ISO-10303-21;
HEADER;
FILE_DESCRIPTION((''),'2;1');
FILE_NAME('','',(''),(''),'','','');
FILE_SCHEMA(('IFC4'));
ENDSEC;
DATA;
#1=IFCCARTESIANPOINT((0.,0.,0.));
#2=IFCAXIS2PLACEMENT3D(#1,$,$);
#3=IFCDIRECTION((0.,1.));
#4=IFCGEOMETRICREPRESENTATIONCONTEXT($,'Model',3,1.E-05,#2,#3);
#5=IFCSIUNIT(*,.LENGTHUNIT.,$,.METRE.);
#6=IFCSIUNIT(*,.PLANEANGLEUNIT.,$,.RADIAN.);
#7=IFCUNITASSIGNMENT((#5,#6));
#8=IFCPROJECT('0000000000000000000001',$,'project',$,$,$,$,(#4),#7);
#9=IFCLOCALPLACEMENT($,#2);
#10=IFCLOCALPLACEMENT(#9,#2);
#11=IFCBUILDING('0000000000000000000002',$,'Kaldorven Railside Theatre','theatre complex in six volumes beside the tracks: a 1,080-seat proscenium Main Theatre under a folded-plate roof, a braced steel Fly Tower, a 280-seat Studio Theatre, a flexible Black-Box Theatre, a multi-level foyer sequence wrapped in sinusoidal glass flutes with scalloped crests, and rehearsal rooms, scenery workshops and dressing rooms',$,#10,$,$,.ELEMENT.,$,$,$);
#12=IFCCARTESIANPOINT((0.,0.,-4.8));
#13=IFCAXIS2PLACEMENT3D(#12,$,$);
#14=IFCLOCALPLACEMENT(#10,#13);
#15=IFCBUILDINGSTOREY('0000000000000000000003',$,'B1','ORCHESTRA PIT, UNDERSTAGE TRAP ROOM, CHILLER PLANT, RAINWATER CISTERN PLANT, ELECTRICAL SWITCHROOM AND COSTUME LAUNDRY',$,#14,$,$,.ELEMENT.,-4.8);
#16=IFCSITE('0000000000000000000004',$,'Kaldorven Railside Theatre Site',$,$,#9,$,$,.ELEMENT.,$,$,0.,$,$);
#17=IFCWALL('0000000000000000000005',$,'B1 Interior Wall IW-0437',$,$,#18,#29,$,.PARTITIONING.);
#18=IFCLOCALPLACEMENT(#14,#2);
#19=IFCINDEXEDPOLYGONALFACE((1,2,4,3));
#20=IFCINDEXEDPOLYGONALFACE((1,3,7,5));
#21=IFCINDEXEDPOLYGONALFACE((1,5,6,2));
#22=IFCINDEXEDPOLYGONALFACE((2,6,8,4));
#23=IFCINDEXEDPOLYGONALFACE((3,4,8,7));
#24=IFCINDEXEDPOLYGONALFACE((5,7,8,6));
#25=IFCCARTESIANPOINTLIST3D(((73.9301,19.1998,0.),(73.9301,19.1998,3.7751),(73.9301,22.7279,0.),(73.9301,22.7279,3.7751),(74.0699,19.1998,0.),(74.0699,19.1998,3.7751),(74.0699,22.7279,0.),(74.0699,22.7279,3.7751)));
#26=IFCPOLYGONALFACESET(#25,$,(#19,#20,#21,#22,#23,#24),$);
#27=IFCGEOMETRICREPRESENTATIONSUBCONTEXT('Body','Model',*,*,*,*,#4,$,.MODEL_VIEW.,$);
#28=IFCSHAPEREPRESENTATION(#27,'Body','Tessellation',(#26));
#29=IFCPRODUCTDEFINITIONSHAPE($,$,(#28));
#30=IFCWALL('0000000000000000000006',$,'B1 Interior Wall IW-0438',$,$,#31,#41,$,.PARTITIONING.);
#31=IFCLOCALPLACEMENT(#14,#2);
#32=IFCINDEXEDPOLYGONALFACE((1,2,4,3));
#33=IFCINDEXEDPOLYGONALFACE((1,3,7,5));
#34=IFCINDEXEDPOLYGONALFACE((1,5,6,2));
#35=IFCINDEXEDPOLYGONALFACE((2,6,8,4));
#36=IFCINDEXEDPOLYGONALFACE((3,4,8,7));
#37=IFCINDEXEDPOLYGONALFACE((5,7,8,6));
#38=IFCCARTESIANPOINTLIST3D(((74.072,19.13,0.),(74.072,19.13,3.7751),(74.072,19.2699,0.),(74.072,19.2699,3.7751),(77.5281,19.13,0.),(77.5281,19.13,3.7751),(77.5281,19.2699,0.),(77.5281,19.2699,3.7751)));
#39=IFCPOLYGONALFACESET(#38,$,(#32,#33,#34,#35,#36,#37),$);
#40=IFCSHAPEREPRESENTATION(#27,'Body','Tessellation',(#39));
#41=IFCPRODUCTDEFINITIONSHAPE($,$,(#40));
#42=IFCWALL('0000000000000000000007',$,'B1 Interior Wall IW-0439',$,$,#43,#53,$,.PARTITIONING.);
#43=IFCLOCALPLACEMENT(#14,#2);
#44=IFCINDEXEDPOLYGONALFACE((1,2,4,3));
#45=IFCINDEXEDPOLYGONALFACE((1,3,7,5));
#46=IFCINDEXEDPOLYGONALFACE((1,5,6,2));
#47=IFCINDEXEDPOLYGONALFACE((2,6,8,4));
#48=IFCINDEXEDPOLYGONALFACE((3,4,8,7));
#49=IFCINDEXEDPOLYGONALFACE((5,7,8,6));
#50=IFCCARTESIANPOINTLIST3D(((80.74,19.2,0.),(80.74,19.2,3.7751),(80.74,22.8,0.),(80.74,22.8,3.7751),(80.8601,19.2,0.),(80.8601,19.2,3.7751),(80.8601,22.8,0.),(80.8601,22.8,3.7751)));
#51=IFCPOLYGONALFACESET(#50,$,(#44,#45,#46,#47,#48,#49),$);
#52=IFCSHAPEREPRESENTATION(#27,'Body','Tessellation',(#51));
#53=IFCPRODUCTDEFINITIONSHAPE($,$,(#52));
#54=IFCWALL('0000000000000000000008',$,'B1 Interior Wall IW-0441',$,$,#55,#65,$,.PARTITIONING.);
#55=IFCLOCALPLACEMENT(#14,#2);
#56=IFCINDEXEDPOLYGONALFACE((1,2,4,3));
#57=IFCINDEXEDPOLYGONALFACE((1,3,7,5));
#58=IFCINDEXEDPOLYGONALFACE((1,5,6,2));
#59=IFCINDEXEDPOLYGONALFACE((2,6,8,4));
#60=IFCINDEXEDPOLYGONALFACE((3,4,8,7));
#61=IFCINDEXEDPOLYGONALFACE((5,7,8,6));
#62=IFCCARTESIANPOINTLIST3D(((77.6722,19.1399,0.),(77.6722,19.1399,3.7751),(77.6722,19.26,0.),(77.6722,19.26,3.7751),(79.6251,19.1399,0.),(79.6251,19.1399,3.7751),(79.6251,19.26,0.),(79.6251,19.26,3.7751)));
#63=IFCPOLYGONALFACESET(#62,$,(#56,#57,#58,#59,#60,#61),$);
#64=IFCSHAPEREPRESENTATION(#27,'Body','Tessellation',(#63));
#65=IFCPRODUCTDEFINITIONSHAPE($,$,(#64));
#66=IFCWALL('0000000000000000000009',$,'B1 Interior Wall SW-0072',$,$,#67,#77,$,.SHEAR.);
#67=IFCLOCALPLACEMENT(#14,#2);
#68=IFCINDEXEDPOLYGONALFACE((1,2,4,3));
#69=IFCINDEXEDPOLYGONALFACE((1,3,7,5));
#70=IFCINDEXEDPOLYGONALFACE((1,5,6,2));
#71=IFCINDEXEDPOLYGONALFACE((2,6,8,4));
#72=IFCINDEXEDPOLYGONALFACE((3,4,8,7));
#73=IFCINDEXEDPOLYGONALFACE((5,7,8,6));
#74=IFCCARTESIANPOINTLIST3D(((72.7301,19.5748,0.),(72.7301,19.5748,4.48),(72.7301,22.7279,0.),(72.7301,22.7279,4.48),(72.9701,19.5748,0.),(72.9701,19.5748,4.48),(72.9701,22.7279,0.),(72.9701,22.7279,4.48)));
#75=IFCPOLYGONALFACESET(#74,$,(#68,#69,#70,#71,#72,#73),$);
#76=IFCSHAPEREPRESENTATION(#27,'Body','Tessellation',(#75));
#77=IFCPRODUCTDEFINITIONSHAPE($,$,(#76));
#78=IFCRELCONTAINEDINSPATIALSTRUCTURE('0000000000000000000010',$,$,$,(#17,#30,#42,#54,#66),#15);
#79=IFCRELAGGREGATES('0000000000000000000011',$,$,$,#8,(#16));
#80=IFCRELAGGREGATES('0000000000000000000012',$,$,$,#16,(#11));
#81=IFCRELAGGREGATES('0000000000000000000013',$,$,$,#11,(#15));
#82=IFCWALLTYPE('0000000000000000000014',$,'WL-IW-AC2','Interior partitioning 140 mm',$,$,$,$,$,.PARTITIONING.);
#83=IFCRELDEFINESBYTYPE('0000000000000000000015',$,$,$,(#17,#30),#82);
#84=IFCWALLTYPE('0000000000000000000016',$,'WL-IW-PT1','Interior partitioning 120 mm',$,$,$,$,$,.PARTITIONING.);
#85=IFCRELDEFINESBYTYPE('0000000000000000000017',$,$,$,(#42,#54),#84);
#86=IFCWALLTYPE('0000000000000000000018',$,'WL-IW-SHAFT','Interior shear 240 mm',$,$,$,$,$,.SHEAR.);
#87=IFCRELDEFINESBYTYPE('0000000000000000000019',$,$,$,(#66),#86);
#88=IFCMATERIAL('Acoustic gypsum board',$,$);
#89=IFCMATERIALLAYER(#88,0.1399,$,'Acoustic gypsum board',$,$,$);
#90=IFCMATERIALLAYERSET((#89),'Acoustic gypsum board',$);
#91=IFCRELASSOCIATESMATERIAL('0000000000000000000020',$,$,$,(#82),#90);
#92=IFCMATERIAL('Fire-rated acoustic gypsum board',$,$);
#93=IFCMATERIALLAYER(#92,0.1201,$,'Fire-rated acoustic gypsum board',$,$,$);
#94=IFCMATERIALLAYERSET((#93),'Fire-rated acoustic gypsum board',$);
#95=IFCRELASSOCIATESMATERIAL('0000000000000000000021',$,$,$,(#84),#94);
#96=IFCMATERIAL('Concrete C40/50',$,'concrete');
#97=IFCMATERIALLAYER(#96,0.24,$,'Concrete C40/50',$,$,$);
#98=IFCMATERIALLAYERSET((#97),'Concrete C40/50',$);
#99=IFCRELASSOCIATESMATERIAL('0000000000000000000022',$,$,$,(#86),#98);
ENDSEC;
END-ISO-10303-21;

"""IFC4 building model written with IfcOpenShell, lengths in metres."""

from ifc_helpers import new_model, si_unit, direction, frame, frame_2d, origin, place, context, subcontext, project, spatial, rectangle, extrude, material, layer, layer_set, type_object, element, save


model = new_model("IFC4")

# Units and contexts
model_context = context("Model", 3, precision=1e-05, world=origin(), true_north=direction((0.0, 1.0)))
body_context = subcontext(model_context, "Body", "Model", "MODEL_VIEW")
ifc_project = project(units=[si_unit("LENGTHUNIT", "METRE"), si_unit("PLANEANGLEUNIT", "RADIAN")], contexts=[model_context])

# Site, building, storey
site_placement = place(None, origin())
site = spatial("IfcSite", under=ifc_project, at=site_placement, Name="Kaldorven Railside Theatre Site", CompositionType="ELEMENT", RefElevation=0.0)
building_placement = place(site_placement, origin())
building = spatial("IfcBuilding", under=site, at=building_placement, Name="Kaldorven Railside Theatre", Description="theatre complex in six volumes beside the tracks: a 1,080-seat proscenium Main Theatre under a folded-plate roof, a braced steel Fly Tower, a 280-seat Studio Theatre, a flexible Black-Box Theatre, a multi-level foyer sequence wrapped in sinusoidal glass flutes with scalloped crests, and rehearsal rooms, scenery workshops and dressing rooms", CompositionType="ELEMENT")
storey_placement = place(building_placement, frame((0.0, 0.0, -4.8)))
storey = spatial("IfcBuildingStorey", under=building, at=storey_placement, Name="B1", Description="ORCHESTRA PIT, UNDERSTAGE TRAP ROOM, CHILLER PLANT, RAINWATER CISTERN PLANT, ELECTRICAL SWITCHROOM AND COSTUME LAUNDRY", CompositionType="ELEMENT", Elevation=-4.8)

# Shared definitions
ifc_material_1 = material(Name="Concrete C40/50", Category="concrete")

# Shared definitions
ifc_material_2 = material(Name="Acoustic gypsum board")
ifc_layer_1 = layer(ifc_material_2, 0.1399, Name="Acoustic gypsum board")
ifc_layer_set_1 = layer_set([ifc_layer_1], Name="Acoustic gypsum board")
wall_type_1 = type_object("IfcWallType", Name="WL-IW-AC2", Description="Interior partitioning 140 mm", PredefinedType="PARTITIONING", material=ifc_layer_set_1)

# Walls
wall_1_placement = place(storey_placement, frame((74.0, 22.728, 0.0), z_axis=(0.0, 0.0, 1.0), x_axis=(0.0, -1.0, 0.0)))
element("IfcWall", 1, at=wall_1_placement, inside=storey, type_object=wall_type_1, Name="B1 Interior Wall IW-0437", PredefinedType="PARTITIONING", context=body_context, shape_type="SweptSolid", body=[
    extrude(rectangle(XDim=3.5281, YDim=0.1399, at=frame_2d((1.7642, 0.0))), origin(), (0.0, 0.0, 1.0), 3.7751),
])
wall_2_placement = place(storey_placement, frame((74.072, 19.2, 0.0), z_axis=(0.0, 0.0, 1.0), x_axis=(1.0, 0.0, 0.0)))
element("IfcWall", 2, at=wall_2_placement, inside=storey, type_object=wall_type_1, Name="B1 Interior Wall IW-0438", PredefinedType="PARTITIONING", context=body_context, shape_type="SweptSolid", body=[
    extrude(rectangle(XDim=3.4561, YDim=0.1399, at=frame_2d((1.728, 0.0))), origin(), (0.0, 0.0, 1.0), 3.7751),
])
ifc_material_3 = material(Name="Fire-rated acoustic gypsum board")
ifc_layer_2 = layer(ifc_material_3, 0.1201, Name="Fire-rated acoustic gypsum board")
ifc_layer_set_2 = layer_set([ifc_layer_2], Name="Fire-rated acoustic gypsum board")
wall_type_2 = type_object("IfcWallType", Name="WL-IW-PT1", Description="Interior partitioning 120 mm", PredefinedType="PARTITIONING", material=ifc_layer_set_2)
wall_3_placement = place(storey_placement, frame((80.8, 19.2, 0.0), z_axis=(0.0, 0.0, 1.0), x_axis=(0.0, 1.0, 0.0)))
element("IfcWall", 3, at=wall_3_placement, inside=storey, type_object=wall_type_2, Name="B1 Interior Wall IW-0439", PredefinedType="PARTITIONING", context=body_context, shape_type="SweptSolid", body=[
    extrude(rectangle(XDim=3.6001, YDim=0.1201, at=frame_2d((1.8, 0.0))), origin(), (0.0, 0.0, 1.0), 3.7751),
])

# Walls
wall_4_placement = place(storey_placement, frame((77.6721, 19.2, 0.0), z_axis=(0.0, 0.0, 1.0), x_axis=(1.0, 0.0, 0.0)))
element("IfcWall", 4, at=wall_4_placement, inside=storey, type_object=wall_type_2, Name="B1 Interior Wall IW-0441", PredefinedType="PARTITIONING", context=body_context, shape_type="SweptSolid", body=[
    extrude(rectangle(XDim=1.9529, YDim=0.1201, at=frame_2d((0.9766, 0.0))), origin(), (0.0, 0.0, 1.0), 3.7751),
])
ifc_layer_3 = layer(ifc_material_1, 0.24, Name="Concrete C40/50")
ifc_layer_set_3 = layer_set([ifc_layer_3], Name="Concrete C40/50")
wall_type_3 = type_object("IfcWallType", Name="WL-IW-SHAFT", Description="Interior shear 240 mm", PredefinedType="SHEAR", material=ifc_layer_set_3)
wall_5_placement = place(storey_placement, frame((72.8501, 22.728, 0.0), z_axis=(0.0, 0.0, 1.0), x_axis=(0.0, -1.0, 0.0)))
element("IfcWall", 5, at=wall_5_placement, inside=storey, type_object=wall_type_3, Name="B1 Interior Wall SW-0072", PredefinedType="SHEAR", context=body_context, shape_type="SweptSolid", body=[
    extrude(rectangle(XDim=3.1531, YDim=0.24, at=frame_2d((1.5767, 0.0))), origin(), (0.0, 0.0, 1.0), 4.48),
])

save(model, "model.ifc")
